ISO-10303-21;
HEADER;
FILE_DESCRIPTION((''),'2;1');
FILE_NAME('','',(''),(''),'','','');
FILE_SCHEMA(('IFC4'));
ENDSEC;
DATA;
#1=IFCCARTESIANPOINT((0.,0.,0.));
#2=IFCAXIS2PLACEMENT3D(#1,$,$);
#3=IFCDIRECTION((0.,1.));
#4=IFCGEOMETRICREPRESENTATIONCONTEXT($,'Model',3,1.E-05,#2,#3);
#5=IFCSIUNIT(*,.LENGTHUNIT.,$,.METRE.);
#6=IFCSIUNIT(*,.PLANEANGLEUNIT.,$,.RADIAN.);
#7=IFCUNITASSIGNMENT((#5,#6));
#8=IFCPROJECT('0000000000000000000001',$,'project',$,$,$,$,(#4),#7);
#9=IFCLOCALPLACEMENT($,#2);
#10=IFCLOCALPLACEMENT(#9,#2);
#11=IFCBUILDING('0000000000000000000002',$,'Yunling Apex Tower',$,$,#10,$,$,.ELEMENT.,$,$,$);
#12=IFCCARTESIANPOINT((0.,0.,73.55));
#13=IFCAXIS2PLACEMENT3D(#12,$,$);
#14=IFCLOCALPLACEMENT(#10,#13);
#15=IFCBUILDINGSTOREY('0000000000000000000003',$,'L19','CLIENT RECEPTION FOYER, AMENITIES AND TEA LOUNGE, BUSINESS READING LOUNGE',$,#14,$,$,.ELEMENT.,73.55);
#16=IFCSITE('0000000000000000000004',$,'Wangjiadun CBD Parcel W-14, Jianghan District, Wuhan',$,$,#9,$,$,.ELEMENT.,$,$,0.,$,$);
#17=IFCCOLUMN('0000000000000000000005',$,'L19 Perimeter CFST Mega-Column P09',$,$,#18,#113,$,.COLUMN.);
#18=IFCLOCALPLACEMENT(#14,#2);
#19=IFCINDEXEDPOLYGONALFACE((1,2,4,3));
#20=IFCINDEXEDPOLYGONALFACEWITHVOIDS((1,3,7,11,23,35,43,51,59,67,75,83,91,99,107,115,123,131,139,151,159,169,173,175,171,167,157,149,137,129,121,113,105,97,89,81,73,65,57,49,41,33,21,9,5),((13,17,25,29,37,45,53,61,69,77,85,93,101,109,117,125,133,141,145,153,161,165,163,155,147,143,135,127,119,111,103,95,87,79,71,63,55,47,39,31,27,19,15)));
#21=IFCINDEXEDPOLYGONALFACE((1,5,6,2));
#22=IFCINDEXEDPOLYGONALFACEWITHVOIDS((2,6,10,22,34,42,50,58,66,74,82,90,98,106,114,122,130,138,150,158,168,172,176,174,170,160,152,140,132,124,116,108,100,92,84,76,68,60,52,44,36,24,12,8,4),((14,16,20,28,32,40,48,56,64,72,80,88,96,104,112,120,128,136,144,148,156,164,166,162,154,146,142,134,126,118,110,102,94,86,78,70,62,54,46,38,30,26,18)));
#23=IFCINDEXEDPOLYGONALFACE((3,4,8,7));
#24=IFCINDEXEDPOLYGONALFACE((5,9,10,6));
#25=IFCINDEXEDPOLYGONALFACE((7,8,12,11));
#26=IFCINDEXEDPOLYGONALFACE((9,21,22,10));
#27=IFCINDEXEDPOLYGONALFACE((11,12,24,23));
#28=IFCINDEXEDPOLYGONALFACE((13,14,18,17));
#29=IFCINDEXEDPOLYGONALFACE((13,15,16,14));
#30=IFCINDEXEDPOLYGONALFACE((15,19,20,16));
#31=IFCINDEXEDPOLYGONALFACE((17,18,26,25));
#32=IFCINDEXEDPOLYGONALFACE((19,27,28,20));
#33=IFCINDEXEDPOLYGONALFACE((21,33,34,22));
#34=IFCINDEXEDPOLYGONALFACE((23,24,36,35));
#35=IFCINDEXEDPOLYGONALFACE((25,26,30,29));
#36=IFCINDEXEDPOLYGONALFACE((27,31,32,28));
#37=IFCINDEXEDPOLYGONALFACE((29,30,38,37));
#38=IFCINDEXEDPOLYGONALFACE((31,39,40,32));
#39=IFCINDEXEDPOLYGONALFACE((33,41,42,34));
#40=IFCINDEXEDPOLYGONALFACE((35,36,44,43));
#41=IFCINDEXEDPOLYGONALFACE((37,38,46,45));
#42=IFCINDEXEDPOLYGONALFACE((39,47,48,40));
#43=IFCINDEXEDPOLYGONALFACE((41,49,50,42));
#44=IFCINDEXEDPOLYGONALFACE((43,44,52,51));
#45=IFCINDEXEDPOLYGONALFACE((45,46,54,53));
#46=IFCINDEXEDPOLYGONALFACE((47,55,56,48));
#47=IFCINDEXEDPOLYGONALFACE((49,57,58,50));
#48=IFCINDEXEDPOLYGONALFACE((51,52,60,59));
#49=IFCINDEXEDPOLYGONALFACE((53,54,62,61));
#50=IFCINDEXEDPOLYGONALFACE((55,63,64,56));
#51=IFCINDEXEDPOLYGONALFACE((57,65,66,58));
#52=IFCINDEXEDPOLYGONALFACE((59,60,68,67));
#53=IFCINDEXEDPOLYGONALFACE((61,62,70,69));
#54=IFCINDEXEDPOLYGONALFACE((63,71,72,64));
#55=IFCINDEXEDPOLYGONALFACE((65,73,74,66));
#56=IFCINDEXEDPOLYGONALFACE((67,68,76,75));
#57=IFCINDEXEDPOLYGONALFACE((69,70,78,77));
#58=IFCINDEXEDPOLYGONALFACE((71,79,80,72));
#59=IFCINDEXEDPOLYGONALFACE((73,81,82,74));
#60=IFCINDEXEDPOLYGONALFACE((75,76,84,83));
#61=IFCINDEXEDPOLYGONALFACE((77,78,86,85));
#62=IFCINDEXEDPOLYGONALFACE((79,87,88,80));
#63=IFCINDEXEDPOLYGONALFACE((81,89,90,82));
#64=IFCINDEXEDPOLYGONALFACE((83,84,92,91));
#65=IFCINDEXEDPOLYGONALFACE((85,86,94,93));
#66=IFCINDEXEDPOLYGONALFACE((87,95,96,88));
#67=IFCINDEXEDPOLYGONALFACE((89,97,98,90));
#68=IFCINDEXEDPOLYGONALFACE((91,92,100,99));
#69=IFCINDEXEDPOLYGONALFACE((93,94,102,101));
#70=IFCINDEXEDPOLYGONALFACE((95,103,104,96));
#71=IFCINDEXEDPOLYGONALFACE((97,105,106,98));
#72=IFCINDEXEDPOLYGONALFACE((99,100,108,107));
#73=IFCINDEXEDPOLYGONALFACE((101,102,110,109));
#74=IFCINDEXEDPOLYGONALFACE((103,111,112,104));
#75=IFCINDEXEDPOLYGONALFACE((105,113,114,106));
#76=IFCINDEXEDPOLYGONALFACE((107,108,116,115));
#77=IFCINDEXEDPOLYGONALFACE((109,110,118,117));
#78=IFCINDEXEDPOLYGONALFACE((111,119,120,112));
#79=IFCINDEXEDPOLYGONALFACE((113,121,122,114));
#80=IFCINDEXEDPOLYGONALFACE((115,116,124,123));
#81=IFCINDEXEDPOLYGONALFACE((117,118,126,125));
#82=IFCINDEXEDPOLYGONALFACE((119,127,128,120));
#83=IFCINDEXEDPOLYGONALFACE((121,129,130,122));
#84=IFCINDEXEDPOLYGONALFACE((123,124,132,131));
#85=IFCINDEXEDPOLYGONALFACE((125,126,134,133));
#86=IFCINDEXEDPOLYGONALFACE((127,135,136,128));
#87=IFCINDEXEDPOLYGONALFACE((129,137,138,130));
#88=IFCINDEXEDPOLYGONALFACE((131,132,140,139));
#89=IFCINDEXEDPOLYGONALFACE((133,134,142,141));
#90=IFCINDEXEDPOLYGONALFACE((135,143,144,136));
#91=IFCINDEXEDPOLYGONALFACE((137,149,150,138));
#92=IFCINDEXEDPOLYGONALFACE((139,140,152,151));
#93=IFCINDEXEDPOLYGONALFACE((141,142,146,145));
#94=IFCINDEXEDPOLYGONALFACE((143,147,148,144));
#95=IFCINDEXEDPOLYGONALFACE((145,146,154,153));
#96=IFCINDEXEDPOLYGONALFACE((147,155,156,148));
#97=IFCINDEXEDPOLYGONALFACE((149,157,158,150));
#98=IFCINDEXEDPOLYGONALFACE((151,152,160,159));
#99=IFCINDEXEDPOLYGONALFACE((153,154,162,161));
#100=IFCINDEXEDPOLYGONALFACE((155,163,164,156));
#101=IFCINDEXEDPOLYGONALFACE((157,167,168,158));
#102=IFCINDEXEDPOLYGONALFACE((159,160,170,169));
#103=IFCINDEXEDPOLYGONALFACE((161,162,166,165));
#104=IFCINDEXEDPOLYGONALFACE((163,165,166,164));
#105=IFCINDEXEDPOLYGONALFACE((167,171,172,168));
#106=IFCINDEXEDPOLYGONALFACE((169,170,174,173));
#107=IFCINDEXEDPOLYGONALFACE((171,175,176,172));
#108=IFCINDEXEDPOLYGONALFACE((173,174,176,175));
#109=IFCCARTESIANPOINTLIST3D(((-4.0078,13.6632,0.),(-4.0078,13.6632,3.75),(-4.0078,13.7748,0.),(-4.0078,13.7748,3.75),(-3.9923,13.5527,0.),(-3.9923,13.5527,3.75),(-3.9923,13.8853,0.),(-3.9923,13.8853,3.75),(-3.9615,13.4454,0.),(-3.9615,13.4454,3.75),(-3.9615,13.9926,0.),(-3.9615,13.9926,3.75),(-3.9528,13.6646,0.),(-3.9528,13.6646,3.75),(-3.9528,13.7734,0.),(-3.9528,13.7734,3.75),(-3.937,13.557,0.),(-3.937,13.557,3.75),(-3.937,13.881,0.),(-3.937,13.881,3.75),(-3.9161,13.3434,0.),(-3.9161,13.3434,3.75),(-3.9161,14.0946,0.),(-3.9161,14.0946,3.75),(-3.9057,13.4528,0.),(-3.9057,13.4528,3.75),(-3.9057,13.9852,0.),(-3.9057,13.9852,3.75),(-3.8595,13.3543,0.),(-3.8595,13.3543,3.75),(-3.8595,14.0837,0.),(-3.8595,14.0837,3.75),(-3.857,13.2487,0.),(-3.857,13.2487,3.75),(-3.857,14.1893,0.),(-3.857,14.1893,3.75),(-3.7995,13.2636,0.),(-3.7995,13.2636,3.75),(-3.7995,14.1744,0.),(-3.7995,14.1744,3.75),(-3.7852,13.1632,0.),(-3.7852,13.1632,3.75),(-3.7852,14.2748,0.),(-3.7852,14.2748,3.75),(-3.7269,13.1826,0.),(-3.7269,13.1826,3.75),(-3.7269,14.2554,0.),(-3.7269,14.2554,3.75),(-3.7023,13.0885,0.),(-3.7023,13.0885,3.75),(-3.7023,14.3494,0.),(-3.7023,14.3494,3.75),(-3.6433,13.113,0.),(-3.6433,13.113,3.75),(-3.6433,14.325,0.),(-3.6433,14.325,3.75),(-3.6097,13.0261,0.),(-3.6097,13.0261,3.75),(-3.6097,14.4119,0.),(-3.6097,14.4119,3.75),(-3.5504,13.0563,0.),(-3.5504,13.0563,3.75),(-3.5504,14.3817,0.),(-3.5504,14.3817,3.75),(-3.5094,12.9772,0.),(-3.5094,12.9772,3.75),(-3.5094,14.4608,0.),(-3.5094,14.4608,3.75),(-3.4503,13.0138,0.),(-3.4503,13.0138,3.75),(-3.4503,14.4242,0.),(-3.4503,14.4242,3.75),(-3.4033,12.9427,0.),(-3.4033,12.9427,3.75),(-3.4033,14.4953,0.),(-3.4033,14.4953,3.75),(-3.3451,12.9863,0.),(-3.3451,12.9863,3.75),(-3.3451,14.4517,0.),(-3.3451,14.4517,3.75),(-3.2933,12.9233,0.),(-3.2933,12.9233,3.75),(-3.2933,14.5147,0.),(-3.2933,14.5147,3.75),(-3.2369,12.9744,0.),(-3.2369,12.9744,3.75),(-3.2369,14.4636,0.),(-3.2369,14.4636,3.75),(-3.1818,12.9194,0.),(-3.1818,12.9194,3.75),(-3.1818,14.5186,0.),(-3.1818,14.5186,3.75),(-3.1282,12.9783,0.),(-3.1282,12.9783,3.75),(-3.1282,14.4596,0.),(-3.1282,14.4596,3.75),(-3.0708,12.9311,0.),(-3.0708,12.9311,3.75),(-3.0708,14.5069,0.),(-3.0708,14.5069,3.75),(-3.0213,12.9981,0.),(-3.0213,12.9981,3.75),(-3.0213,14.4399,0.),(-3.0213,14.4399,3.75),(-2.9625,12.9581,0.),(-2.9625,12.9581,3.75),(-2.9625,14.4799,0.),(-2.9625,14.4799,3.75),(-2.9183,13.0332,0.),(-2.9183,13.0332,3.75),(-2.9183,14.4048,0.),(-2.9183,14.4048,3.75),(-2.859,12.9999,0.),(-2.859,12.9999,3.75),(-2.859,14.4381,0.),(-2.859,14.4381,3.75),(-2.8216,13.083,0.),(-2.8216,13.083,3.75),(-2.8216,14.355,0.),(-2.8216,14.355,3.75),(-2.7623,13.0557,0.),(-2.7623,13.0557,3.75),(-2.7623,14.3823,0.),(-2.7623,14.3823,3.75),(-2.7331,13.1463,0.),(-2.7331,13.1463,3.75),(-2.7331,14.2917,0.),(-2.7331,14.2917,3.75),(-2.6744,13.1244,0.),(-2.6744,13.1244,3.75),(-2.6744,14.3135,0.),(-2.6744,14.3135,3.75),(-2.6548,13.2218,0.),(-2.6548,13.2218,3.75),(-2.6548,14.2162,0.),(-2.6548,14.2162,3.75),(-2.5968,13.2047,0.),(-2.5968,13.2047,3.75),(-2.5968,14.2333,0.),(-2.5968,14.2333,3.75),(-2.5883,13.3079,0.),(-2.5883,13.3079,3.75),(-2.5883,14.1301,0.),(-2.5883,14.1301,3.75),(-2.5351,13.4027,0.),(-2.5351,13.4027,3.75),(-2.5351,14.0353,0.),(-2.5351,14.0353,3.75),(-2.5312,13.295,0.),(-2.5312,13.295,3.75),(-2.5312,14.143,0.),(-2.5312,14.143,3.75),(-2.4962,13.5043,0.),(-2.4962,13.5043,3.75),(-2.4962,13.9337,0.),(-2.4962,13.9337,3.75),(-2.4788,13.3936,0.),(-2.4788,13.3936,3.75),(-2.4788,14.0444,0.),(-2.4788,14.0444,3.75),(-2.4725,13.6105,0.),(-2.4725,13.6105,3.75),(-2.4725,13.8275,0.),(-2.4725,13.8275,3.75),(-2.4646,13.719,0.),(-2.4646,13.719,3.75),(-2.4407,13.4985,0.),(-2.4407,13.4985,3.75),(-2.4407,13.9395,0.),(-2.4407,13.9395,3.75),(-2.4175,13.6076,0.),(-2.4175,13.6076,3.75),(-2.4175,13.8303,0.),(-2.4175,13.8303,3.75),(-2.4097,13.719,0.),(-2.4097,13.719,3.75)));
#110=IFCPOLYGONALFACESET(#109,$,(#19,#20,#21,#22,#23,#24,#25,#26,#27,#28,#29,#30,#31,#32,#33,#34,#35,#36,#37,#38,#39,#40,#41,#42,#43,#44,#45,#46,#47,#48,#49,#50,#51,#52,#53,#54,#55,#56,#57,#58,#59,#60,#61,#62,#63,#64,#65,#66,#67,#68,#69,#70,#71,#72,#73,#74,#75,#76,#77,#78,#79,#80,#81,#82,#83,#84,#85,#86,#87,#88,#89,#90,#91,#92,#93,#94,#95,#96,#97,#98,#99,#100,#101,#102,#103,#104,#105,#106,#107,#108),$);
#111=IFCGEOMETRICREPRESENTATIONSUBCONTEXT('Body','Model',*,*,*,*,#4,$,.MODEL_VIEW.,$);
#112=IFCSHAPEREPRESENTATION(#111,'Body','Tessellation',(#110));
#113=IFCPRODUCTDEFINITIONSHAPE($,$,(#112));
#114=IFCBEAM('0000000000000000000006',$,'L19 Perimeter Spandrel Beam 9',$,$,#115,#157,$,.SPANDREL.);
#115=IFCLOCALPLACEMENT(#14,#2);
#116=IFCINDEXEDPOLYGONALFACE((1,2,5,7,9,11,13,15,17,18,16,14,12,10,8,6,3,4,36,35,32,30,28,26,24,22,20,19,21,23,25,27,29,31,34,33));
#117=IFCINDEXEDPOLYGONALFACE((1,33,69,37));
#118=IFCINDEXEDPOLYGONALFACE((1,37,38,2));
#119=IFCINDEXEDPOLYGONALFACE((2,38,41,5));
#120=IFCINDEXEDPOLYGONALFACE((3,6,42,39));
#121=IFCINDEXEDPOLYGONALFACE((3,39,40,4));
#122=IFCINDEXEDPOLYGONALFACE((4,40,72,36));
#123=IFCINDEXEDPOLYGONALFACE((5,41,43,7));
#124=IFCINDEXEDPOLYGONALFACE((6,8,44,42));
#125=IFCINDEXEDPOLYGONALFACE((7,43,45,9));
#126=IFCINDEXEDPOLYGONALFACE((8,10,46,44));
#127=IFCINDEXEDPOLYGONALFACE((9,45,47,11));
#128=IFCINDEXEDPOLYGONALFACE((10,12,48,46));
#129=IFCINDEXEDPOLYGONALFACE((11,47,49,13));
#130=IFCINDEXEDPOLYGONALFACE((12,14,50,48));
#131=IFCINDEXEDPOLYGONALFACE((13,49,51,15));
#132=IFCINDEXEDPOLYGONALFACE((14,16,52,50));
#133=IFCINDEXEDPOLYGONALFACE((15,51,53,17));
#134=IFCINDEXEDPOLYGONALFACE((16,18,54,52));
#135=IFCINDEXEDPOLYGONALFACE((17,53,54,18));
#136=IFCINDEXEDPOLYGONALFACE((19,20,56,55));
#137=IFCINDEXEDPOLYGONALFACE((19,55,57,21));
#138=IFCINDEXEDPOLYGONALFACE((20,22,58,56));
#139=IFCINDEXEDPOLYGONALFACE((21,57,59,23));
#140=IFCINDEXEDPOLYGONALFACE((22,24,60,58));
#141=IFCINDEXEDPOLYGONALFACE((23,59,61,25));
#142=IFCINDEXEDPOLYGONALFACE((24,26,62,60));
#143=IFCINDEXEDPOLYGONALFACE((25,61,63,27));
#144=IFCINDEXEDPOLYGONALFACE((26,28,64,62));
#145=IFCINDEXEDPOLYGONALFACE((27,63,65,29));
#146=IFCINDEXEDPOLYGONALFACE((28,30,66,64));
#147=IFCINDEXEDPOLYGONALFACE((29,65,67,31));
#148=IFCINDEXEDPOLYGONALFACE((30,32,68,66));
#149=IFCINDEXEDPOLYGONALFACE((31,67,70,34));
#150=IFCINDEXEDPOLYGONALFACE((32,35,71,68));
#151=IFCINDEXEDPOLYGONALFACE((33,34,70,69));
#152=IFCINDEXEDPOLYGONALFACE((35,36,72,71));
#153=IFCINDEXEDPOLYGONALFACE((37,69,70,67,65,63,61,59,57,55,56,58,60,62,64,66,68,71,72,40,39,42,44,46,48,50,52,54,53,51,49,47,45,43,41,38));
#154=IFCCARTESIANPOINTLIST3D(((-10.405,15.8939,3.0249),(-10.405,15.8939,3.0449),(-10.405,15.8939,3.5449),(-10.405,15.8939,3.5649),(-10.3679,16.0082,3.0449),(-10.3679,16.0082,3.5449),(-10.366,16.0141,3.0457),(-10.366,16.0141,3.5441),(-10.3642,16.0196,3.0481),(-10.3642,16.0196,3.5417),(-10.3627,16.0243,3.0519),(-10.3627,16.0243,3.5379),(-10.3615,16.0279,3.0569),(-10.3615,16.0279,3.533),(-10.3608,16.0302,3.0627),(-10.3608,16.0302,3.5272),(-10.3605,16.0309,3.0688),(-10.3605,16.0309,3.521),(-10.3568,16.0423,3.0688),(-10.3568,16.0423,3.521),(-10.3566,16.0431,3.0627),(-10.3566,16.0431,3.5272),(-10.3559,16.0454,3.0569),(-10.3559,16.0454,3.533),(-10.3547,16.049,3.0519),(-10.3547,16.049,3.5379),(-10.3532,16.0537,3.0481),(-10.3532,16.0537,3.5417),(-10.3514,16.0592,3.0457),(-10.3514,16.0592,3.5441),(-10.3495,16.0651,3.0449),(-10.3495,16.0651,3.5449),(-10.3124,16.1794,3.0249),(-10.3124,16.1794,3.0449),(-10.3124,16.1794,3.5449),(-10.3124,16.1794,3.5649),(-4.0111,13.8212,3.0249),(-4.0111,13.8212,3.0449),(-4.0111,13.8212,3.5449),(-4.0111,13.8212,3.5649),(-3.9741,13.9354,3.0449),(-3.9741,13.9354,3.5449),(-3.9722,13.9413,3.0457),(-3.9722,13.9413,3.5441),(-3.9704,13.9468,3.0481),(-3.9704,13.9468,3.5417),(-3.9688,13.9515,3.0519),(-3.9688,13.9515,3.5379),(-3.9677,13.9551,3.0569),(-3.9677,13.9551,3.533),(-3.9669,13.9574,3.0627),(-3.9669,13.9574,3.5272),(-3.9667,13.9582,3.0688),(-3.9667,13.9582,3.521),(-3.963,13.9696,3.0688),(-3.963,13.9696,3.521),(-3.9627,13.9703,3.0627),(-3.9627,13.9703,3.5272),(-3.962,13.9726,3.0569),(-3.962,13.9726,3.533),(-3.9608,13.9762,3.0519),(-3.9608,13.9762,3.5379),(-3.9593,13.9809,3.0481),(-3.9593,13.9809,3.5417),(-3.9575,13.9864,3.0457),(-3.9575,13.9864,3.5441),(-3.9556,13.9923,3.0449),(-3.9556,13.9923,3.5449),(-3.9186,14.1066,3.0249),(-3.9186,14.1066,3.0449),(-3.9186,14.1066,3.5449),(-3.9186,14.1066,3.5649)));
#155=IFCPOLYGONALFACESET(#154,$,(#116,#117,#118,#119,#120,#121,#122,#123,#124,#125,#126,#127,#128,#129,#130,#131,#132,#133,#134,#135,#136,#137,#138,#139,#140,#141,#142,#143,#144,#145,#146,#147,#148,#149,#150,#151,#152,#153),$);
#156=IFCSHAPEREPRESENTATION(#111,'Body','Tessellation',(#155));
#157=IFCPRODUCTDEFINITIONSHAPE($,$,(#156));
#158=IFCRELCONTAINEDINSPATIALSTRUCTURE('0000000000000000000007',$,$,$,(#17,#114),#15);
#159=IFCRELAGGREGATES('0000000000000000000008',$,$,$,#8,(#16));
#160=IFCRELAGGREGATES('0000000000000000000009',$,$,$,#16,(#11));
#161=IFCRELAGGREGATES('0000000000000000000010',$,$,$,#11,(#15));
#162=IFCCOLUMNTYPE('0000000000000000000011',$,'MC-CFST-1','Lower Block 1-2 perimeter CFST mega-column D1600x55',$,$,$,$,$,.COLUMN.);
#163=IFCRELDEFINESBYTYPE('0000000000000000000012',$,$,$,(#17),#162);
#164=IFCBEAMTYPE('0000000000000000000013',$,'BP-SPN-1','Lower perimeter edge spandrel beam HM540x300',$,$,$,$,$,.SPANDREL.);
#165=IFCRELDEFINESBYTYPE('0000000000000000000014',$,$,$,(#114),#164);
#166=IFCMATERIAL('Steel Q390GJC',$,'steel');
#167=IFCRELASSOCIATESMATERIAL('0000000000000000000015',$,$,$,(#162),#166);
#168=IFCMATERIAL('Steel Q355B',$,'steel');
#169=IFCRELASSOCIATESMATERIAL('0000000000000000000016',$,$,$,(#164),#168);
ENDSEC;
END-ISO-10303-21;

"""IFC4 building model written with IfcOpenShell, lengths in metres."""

from ifc_helpers import new_model, si_unit, direction, frame, origin, origin_2d, place, context, subcontext, project, spatial, hollow_circle, i_section, extrude, source, transform, mapped, material, material_profile, profile_set, type_object, element, save


model = new_model("IFC4")

# Units and contexts
model_context = context("Model", 3, precision=1e-05, world=origin(), true_north=direction((0.0, 1.0)))
body_context = subcontext(model_context, "Body", "Model", "MODEL_VIEW")
ifc_project = project(units=[si_unit("LENGTHUNIT", "METRE"), si_unit("PLANEANGLEUNIT", "RADIAN")], contexts=[model_context])

# Site, building, storey
site_placement = place(None, origin())
site = spatial("IfcSite", under=ifc_project, at=site_placement, Name="Wangjiadun CBD Parcel W-14, Jianghan District, Wuhan", CompositionType="ELEMENT", RefElevation=0.0)
building_placement = place(site_placement, origin())
building = spatial("IfcBuilding", under=site, at=building_placement, Name="Yunling Apex Tower", CompositionType="ELEMENT")
storey_placement = place(building_placement, frame((0.0, 0.0, 73.55)))
storey = spatial("IfcBuildingStorey", under=building, at=storey_placement, Name="L19", Description="CLIENT RECEPTION FOYER, AMENITIES AND TEA LOUNGE, BUSINESS READING LOUNGE", CompositionType="ELEMENT", Elevation=73.55)

# Column
ifc_material_1 = material(Name="Steel Q390GJC", Category="steel")
ifc_material_profile_1 = material_profile(ifc_material_1, hollow_circle(Radius=0.8, WallThickness=0.0549, at=origin_2d()))
ifc_profile_set_1 = profile_set([ifc_material_profile_1], Name="Steel Q390GJC")
column_type = type_object("IfcColumnType", Name="MC-CFST-1", Description="Lower Block 1-2 perimeter CFST mega-column D1600x55", PredefinedType="COLUMN", material=ifc_profile_set_1)
shared_shape_1 = source(origin(), body_context, "Body", "SweptSolid", [
    extrude(hollow_circle(Radius=0.8, WallThickness=0.0549, at=origin_2d()), origin(), (0.0, 0.0, 1.0), 3.75),
])
column_placement = place(storey_placement, frame((-3.2097, 13.719, 0.0), z_axis=(0.0, 0.0, 1.0), x_axis=(1.0, 0.0, 0.0)))
element("IfcColumn", 1, at=column_placement, inside=storey, type_object=column_type, Name="L19 Perimeter CFST Mega-Column P09", PredefinedType="COLUMN", context=body_context, shape_type="MappedRepresentation", body=[
    mapped(shared_shape_1, transform((0.0, 0.0, 0.0), scale=1.0)),
])

# Beam
ifc_material_2 = material(Name="Steel Q355B", Category="steel")
ifc_material_profile_2 = material_profile(ifc_material_2, i_section(OverallWidth=0.3, OverallDepth=0.54, WebThickness=0.012, FlangeThickness=0.02, FilletRadius=0.0239, at=origin_2d()))
ifc_profile_set_2 = profile_set([ifc_material_profile_2], Name="Steel Q355B")
beam_type_1 = type_object("IfcBeamType", Name="BP-SPN-1", Description="Lower perimeter edge spandrel beam HM540x300", PredefinedType="SPANDREL", material=ifc_profile_set_2)
shared_shape_2 = source(origin(), body_context, "Body", "SweptSolid", [
    extrude(i_section(OverallWidth=0.3, OverallDepth=0.54, WebThickness=0.012, FlangeThickness=0.02, FilletRadius=0.0239, at=origin_2d()), origin(), (0.0, 0.0, 1.0), 6.7214),
])
beam_1_placement = place(storey_placement, frame((-3.9648, 13.9639, 3.2949), z_axis=(-0.951263, 0.308382, 0.0), x_axis=(-0.308382, -0.951263, 0.0)))
element("IfcBeam", 2, at=beam_1_placement, inside=storey, type_object=beam_type_1, Name="L19 Perimeter Spandrel Beam 9", PredefinedType="SPANDREL", context=body_context, shape_type="MappedRepresentation", body=[
    mapped(shared_shape_2, transform((0.0, 0.0, 0.0), scale=1.0)),
])

save(model, "model.ifc")
